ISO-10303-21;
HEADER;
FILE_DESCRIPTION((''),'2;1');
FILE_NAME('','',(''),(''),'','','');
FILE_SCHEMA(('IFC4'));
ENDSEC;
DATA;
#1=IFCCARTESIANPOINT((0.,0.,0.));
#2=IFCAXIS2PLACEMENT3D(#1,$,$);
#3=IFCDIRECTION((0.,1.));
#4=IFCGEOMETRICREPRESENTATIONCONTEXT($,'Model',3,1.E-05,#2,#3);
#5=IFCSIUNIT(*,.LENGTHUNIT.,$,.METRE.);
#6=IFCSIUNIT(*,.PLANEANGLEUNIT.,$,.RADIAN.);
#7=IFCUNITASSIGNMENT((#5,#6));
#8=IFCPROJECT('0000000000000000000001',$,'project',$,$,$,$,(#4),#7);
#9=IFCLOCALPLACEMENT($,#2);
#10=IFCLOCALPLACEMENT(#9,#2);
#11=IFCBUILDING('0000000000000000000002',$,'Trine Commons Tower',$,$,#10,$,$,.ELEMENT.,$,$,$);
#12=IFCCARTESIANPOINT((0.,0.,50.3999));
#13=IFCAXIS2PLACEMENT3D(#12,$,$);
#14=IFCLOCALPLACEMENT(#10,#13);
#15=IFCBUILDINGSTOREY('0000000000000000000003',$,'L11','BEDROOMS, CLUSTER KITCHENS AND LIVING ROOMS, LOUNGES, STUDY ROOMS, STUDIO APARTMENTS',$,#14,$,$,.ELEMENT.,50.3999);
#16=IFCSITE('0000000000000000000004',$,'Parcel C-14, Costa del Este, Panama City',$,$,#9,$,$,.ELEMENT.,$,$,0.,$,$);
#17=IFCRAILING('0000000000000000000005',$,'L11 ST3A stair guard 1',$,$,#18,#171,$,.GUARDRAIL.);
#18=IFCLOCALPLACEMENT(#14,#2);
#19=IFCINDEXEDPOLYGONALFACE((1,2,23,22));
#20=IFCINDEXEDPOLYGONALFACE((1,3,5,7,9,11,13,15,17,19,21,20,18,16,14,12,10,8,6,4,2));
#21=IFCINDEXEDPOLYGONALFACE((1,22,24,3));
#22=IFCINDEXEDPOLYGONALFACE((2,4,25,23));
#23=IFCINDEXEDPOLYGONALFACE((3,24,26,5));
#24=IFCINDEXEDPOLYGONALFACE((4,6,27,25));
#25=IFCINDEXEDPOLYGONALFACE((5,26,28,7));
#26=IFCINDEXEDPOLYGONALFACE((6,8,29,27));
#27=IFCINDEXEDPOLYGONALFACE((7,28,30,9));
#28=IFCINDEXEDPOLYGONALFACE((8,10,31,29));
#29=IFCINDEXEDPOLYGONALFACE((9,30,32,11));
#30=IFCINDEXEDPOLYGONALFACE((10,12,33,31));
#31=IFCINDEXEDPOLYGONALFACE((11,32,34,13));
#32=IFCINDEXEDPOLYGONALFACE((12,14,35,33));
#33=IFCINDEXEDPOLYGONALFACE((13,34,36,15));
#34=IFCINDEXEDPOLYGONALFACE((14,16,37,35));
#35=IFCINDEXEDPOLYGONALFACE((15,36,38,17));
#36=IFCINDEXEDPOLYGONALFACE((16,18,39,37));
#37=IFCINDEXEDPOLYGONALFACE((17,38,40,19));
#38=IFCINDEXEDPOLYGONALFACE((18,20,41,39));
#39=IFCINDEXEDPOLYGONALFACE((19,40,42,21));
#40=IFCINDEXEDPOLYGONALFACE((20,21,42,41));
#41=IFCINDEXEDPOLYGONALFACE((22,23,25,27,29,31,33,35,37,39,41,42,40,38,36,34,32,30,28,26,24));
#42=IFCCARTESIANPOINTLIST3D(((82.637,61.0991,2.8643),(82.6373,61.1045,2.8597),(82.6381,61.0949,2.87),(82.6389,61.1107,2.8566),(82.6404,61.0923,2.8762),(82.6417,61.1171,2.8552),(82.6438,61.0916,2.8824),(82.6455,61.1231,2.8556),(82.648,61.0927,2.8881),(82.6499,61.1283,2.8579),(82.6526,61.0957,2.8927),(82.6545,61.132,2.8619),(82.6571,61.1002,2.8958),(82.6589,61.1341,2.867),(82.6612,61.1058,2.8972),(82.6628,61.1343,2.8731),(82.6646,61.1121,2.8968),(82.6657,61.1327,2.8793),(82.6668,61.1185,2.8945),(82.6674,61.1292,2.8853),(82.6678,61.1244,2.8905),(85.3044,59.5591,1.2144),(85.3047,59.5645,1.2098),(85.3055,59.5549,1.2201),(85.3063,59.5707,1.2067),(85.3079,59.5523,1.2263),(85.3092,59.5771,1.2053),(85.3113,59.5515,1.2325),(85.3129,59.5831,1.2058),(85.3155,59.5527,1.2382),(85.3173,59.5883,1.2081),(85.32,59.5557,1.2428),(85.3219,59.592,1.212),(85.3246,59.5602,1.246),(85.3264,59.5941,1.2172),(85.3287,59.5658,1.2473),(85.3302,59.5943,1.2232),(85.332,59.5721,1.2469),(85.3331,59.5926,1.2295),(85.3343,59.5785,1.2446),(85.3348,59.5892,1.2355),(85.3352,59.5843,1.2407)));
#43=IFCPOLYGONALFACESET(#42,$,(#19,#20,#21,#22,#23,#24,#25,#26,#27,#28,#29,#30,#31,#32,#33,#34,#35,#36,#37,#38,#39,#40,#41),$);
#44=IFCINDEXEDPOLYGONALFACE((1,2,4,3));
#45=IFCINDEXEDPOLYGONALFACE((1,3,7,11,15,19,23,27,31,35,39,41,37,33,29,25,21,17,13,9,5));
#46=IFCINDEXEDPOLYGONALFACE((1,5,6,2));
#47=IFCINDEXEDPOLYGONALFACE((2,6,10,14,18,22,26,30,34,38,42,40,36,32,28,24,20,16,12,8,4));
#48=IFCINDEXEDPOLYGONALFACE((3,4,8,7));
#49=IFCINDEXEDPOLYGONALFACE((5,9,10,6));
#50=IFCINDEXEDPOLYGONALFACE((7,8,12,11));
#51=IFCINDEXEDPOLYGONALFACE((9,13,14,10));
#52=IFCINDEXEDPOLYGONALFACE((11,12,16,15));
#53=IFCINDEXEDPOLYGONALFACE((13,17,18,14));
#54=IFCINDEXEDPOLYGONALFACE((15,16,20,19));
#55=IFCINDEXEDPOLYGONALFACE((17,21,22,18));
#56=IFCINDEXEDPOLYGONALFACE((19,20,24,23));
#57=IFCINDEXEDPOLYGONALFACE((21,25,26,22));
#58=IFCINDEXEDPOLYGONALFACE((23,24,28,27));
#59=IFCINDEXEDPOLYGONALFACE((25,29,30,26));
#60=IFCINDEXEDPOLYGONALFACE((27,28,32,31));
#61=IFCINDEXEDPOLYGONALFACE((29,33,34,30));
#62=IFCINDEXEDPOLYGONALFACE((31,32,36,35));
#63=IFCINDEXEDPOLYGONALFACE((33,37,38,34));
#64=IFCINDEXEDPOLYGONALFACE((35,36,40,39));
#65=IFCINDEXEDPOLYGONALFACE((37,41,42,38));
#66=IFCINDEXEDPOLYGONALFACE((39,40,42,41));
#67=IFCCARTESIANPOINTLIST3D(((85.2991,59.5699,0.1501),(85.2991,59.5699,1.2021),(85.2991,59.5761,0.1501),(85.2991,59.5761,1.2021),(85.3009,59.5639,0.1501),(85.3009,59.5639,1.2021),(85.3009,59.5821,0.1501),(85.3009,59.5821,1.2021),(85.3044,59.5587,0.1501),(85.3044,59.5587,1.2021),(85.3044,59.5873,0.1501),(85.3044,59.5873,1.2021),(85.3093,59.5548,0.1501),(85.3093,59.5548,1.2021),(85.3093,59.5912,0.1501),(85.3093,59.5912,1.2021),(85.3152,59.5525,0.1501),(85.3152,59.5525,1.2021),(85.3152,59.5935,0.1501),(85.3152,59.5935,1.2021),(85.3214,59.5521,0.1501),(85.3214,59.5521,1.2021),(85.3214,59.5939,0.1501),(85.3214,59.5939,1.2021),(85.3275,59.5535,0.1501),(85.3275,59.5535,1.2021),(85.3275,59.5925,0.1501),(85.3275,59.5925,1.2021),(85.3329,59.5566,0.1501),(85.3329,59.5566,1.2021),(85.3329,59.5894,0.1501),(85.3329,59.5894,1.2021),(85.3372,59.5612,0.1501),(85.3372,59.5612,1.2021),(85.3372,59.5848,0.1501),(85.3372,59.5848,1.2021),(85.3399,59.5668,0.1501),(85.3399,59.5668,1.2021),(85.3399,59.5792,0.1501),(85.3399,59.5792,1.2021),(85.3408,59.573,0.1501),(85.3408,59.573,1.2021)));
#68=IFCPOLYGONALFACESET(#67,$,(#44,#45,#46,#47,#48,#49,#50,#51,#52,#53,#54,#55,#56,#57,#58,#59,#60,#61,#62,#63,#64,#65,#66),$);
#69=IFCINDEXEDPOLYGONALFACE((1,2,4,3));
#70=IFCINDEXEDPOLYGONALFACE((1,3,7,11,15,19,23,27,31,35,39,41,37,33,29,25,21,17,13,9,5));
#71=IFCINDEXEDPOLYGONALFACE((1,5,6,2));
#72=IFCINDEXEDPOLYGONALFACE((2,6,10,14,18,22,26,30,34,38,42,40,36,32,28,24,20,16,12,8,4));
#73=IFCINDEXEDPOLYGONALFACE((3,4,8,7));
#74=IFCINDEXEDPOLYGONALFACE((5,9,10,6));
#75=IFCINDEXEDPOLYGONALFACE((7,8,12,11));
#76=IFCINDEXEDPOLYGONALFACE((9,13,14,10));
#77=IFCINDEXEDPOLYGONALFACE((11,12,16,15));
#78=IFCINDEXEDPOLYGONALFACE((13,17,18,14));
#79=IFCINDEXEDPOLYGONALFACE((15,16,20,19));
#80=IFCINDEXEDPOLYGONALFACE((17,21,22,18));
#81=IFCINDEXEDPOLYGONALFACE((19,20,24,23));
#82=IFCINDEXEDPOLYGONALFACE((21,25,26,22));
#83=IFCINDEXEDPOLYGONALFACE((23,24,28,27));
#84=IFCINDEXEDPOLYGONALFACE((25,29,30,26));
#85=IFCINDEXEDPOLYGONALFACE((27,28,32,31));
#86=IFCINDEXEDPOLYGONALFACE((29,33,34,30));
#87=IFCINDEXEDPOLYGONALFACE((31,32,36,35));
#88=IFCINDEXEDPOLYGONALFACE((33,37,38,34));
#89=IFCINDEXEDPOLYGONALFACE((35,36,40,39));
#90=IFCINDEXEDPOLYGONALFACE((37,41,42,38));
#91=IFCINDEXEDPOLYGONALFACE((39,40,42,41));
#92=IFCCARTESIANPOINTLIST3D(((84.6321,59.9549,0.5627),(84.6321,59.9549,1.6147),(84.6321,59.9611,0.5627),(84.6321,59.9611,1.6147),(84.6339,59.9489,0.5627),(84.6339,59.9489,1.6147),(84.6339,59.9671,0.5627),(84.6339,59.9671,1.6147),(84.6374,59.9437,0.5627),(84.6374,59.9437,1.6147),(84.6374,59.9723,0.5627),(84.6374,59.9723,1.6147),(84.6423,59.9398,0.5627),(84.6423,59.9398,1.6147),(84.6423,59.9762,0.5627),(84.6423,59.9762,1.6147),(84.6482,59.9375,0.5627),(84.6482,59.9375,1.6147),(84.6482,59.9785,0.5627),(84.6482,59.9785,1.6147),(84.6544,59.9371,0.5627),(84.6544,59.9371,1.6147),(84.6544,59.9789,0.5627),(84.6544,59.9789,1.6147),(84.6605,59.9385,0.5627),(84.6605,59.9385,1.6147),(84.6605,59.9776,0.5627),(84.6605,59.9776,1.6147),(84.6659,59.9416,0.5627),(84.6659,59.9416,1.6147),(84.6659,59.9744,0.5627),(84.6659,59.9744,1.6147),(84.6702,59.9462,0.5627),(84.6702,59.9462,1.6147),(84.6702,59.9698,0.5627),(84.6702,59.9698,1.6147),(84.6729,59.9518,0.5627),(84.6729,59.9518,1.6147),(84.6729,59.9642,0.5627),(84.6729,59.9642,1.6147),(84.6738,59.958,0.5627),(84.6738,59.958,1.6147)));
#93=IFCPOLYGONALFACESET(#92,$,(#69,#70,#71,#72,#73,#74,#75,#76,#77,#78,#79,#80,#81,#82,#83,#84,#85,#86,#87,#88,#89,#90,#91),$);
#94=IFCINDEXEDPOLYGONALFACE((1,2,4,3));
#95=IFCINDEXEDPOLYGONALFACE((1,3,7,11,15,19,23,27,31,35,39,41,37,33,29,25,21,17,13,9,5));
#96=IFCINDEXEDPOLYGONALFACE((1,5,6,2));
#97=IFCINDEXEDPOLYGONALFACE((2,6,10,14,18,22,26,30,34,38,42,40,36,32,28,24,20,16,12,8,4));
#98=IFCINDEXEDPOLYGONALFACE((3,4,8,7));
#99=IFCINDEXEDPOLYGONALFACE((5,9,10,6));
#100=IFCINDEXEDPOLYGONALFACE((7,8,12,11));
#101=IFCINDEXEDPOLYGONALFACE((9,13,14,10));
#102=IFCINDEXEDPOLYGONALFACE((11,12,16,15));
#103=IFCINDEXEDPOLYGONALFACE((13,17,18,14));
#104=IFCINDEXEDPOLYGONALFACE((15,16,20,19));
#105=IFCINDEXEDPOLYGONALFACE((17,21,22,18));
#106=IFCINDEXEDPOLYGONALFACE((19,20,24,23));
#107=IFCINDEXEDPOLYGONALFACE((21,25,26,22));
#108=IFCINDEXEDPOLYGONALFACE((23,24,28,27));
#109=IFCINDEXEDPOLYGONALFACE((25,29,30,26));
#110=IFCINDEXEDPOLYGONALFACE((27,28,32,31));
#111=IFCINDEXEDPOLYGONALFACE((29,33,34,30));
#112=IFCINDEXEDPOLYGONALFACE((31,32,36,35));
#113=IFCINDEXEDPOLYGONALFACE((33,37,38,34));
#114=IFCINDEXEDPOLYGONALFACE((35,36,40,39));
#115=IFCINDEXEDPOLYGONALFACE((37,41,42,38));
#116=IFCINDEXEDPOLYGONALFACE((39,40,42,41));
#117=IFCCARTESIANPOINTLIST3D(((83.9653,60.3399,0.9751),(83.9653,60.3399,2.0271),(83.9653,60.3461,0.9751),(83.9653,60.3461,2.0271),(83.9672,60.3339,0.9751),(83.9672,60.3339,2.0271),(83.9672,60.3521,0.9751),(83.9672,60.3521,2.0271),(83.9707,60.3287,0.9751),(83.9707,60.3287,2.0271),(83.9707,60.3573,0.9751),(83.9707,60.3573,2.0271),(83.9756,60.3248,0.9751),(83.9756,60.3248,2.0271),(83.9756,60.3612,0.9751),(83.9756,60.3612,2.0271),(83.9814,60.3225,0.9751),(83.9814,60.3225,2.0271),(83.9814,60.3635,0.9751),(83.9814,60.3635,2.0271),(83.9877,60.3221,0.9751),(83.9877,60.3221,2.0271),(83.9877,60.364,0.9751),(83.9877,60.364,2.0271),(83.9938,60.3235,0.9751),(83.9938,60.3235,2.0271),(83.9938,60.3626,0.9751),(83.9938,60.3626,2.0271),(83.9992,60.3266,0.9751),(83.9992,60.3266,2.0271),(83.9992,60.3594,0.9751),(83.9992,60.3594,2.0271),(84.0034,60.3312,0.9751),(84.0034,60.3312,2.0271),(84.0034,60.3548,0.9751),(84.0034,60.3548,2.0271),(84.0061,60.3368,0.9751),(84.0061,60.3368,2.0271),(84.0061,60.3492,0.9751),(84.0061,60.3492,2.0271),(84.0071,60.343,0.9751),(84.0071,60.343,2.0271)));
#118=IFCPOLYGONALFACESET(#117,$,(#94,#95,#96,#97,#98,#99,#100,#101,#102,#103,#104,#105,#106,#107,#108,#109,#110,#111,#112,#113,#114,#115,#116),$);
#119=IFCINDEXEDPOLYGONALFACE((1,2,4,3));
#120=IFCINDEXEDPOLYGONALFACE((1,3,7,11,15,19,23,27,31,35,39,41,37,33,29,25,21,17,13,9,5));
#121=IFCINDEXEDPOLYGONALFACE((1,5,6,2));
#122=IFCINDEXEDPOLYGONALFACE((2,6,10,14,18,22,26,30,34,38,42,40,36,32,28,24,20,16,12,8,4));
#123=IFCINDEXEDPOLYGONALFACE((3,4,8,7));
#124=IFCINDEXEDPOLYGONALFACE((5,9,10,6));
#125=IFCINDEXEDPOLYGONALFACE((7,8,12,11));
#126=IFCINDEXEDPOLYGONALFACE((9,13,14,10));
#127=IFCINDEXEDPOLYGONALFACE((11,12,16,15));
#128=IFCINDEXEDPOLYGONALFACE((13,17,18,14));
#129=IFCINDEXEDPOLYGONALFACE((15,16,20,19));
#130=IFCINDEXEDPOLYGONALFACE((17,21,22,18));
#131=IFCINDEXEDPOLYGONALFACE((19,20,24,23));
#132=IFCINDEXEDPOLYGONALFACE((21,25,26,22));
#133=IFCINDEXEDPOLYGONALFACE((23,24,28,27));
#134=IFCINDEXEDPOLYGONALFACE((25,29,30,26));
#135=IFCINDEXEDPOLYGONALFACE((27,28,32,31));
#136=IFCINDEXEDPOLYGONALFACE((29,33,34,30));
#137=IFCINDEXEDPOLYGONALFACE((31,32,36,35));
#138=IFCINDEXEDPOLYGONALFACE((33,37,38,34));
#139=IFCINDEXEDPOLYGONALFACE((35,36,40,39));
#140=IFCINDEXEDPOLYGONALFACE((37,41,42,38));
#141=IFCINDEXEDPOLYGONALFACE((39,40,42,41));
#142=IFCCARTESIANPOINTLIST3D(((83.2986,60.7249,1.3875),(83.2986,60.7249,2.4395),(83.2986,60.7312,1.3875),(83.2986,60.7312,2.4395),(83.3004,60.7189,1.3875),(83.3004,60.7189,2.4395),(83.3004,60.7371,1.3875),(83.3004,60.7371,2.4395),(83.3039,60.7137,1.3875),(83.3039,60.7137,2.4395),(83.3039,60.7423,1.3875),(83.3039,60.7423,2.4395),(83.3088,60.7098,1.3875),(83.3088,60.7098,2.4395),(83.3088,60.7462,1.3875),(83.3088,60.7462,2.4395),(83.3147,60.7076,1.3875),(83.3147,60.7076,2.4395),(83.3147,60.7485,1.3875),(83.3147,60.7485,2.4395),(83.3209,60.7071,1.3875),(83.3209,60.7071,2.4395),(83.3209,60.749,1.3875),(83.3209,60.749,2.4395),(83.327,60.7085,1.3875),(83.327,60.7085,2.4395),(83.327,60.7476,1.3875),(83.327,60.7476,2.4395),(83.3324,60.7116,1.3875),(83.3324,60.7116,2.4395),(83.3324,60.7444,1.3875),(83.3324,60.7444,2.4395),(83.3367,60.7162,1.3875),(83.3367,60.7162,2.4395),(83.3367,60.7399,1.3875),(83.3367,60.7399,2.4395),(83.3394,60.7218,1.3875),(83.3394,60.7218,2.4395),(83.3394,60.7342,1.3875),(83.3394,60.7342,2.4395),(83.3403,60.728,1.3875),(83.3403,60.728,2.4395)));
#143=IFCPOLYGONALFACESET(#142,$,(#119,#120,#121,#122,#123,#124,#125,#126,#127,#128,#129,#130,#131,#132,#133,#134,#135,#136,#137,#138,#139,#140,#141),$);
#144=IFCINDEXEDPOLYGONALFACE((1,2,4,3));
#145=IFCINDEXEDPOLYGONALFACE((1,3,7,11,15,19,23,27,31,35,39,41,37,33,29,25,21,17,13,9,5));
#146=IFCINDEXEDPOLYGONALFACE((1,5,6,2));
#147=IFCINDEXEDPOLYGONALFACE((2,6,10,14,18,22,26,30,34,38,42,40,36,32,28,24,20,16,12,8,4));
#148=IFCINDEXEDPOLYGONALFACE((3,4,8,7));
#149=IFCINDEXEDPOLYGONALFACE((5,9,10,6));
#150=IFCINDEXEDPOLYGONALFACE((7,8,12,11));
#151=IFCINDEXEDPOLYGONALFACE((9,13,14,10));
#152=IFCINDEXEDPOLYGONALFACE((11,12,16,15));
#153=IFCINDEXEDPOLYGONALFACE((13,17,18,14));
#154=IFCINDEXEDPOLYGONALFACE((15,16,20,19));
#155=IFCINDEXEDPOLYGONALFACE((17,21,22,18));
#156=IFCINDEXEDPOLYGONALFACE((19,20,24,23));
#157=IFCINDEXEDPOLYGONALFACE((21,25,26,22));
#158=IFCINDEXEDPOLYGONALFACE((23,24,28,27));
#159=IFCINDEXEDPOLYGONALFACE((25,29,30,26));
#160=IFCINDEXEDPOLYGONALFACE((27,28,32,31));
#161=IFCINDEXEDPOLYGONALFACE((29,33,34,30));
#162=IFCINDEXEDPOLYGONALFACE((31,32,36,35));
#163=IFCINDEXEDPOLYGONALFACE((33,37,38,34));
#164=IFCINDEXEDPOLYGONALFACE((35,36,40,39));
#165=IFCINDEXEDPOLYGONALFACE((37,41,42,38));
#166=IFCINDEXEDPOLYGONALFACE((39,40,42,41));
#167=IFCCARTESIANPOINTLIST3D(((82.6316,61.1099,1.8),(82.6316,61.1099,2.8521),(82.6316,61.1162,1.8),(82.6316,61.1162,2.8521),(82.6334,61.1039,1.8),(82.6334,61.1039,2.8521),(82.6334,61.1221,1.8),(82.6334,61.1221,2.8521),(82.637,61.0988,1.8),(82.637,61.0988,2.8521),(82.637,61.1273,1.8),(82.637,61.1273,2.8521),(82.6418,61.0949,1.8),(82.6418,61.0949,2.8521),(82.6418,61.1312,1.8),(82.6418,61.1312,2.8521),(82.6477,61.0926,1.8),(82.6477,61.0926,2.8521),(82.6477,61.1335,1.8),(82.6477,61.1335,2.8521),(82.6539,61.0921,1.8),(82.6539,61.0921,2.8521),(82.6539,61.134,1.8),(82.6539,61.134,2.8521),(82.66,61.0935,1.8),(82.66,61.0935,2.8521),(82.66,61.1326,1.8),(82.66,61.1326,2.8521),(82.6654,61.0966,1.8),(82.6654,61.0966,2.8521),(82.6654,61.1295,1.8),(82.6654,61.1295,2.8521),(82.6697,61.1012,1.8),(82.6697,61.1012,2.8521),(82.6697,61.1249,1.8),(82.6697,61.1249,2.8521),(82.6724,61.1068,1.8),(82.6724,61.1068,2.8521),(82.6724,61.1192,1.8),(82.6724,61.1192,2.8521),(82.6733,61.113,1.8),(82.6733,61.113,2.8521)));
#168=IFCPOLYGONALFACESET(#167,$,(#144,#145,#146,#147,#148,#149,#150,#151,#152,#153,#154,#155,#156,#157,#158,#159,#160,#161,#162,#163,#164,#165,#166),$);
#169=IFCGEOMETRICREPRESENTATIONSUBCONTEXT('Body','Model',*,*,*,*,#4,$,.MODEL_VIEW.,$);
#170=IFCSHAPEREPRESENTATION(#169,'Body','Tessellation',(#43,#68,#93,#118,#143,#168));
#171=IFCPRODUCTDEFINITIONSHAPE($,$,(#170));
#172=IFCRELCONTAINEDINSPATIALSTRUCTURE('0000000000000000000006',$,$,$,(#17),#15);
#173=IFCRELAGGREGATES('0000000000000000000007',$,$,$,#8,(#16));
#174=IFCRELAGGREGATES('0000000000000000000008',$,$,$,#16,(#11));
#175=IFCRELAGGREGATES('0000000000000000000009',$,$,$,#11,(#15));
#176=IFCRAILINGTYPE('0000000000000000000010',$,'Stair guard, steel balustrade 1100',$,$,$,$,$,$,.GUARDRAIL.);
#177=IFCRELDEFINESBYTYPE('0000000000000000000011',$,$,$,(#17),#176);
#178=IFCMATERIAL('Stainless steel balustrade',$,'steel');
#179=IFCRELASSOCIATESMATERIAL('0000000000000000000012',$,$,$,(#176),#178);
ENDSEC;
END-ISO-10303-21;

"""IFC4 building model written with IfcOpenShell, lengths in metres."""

from ifc_helpers import new_model, si_unit, direction, frame, origin, origin_2d, place, context, subcontext, project, spatial, circle, extrude, material, type_object, element, save


model = new_model("IFC4")

# Units and contexts
model_context = context("Model", 3, precision=1e-05, world=origin(), true_north=direction((0.0, 1.0)))
body_context = subcontext(model_context, "Body", "Model", "MODEL_VIEW")
ifc_project = project(units=[si_unit("LENGTHUNIT", "METRE"), si_unit("PLANEANGLEUNIT", "RADIAN")], contexts=[model_context])

# Site, building, storey
site_placement = place(None, origin())
site = spatial("IfcSite", under=ifc_project, at=site_placement, Name="Parcel C-14, Costa del Este, Panama City", CompositionType="ELEMENT", RefElevation=0.0)
building_placement = place(site_placement, origin())
building = spatial("IfcBuilding", under=site, at=building_placement, Name="Trine Commons Tower", CompositionType="ELEMENT")
storey_placement = place(building_placement, frame((0.0, 0.0, 50.3999)))
storey = spatial("IfcBuildingStorey", under=building, at=storey_placement, Name="L11", Description="BEDROOMS, CLUSTER KITCHENS AND LIVING ROOMS, LOUNGES, STUDY ROOMS, STUDIO APARTMENTS", CompositionType="ELEMENT", Elevation=50.3999)

# Railing
ifc_material_1 = material(Name="Stainless steel balustrade", Category="steel")
railing_type_1 = type_object("IfcRailingType", Name="Stair guard, steel balustrade 1100", PredefinedType="GUARDRAIL", material=ifc_material_1)
railing_1_placement = place(storey_placement, frame((85.3198, 59.573, 0.1501)))
element("IfcRailing", 1, at=railing_1_placement, inside=storey, type_object=railing_type_1, Name="L11 ST3A stair guard 1", PredefinedType="GUARDRAIL", context=body_context, shape_type="SweptSolid", body=[
    extrude(circle(Radius=0.0239, at=origin_2d()), frame((0.0, 0.0, 1.0762), z_axis=(-0.763405, 0.440743, 0.472185), x_axis=(-0.499992, -0.86603, 0.0)), (0.0, 0.0, 1.0), 3.4941),
    extrude(circle(Radius=0.021, at=origin_2d()), origin(), (0.0, 0.0, 1.0), 1.052),
    extrude(circle(Radius=0.021, at=origin_2d()), frame((-0.667, 0.385, 0.4126)), (0.0, 0.0, 1.0), 1.052),
    extrude(circle(Radius=0.021, at=origin_2d()), frame((-1.3337, 0.77, 0.825)), (0.0, 0.0, 1.0), 1.052),
    extrude(circle(Radius=0.021, at=origin_2d()), frame((-2.0005, 1.155, 1.2373)), (0.0, 0.0, 1.0), 1.052),
    extrude(circle(Radius=0.021, at=origin_2d()), frame((-2.6675, 1.54, 1.6499)), (0.0, 0.0, 1.0), 1.052),
])

save(model, "model.ifc")
